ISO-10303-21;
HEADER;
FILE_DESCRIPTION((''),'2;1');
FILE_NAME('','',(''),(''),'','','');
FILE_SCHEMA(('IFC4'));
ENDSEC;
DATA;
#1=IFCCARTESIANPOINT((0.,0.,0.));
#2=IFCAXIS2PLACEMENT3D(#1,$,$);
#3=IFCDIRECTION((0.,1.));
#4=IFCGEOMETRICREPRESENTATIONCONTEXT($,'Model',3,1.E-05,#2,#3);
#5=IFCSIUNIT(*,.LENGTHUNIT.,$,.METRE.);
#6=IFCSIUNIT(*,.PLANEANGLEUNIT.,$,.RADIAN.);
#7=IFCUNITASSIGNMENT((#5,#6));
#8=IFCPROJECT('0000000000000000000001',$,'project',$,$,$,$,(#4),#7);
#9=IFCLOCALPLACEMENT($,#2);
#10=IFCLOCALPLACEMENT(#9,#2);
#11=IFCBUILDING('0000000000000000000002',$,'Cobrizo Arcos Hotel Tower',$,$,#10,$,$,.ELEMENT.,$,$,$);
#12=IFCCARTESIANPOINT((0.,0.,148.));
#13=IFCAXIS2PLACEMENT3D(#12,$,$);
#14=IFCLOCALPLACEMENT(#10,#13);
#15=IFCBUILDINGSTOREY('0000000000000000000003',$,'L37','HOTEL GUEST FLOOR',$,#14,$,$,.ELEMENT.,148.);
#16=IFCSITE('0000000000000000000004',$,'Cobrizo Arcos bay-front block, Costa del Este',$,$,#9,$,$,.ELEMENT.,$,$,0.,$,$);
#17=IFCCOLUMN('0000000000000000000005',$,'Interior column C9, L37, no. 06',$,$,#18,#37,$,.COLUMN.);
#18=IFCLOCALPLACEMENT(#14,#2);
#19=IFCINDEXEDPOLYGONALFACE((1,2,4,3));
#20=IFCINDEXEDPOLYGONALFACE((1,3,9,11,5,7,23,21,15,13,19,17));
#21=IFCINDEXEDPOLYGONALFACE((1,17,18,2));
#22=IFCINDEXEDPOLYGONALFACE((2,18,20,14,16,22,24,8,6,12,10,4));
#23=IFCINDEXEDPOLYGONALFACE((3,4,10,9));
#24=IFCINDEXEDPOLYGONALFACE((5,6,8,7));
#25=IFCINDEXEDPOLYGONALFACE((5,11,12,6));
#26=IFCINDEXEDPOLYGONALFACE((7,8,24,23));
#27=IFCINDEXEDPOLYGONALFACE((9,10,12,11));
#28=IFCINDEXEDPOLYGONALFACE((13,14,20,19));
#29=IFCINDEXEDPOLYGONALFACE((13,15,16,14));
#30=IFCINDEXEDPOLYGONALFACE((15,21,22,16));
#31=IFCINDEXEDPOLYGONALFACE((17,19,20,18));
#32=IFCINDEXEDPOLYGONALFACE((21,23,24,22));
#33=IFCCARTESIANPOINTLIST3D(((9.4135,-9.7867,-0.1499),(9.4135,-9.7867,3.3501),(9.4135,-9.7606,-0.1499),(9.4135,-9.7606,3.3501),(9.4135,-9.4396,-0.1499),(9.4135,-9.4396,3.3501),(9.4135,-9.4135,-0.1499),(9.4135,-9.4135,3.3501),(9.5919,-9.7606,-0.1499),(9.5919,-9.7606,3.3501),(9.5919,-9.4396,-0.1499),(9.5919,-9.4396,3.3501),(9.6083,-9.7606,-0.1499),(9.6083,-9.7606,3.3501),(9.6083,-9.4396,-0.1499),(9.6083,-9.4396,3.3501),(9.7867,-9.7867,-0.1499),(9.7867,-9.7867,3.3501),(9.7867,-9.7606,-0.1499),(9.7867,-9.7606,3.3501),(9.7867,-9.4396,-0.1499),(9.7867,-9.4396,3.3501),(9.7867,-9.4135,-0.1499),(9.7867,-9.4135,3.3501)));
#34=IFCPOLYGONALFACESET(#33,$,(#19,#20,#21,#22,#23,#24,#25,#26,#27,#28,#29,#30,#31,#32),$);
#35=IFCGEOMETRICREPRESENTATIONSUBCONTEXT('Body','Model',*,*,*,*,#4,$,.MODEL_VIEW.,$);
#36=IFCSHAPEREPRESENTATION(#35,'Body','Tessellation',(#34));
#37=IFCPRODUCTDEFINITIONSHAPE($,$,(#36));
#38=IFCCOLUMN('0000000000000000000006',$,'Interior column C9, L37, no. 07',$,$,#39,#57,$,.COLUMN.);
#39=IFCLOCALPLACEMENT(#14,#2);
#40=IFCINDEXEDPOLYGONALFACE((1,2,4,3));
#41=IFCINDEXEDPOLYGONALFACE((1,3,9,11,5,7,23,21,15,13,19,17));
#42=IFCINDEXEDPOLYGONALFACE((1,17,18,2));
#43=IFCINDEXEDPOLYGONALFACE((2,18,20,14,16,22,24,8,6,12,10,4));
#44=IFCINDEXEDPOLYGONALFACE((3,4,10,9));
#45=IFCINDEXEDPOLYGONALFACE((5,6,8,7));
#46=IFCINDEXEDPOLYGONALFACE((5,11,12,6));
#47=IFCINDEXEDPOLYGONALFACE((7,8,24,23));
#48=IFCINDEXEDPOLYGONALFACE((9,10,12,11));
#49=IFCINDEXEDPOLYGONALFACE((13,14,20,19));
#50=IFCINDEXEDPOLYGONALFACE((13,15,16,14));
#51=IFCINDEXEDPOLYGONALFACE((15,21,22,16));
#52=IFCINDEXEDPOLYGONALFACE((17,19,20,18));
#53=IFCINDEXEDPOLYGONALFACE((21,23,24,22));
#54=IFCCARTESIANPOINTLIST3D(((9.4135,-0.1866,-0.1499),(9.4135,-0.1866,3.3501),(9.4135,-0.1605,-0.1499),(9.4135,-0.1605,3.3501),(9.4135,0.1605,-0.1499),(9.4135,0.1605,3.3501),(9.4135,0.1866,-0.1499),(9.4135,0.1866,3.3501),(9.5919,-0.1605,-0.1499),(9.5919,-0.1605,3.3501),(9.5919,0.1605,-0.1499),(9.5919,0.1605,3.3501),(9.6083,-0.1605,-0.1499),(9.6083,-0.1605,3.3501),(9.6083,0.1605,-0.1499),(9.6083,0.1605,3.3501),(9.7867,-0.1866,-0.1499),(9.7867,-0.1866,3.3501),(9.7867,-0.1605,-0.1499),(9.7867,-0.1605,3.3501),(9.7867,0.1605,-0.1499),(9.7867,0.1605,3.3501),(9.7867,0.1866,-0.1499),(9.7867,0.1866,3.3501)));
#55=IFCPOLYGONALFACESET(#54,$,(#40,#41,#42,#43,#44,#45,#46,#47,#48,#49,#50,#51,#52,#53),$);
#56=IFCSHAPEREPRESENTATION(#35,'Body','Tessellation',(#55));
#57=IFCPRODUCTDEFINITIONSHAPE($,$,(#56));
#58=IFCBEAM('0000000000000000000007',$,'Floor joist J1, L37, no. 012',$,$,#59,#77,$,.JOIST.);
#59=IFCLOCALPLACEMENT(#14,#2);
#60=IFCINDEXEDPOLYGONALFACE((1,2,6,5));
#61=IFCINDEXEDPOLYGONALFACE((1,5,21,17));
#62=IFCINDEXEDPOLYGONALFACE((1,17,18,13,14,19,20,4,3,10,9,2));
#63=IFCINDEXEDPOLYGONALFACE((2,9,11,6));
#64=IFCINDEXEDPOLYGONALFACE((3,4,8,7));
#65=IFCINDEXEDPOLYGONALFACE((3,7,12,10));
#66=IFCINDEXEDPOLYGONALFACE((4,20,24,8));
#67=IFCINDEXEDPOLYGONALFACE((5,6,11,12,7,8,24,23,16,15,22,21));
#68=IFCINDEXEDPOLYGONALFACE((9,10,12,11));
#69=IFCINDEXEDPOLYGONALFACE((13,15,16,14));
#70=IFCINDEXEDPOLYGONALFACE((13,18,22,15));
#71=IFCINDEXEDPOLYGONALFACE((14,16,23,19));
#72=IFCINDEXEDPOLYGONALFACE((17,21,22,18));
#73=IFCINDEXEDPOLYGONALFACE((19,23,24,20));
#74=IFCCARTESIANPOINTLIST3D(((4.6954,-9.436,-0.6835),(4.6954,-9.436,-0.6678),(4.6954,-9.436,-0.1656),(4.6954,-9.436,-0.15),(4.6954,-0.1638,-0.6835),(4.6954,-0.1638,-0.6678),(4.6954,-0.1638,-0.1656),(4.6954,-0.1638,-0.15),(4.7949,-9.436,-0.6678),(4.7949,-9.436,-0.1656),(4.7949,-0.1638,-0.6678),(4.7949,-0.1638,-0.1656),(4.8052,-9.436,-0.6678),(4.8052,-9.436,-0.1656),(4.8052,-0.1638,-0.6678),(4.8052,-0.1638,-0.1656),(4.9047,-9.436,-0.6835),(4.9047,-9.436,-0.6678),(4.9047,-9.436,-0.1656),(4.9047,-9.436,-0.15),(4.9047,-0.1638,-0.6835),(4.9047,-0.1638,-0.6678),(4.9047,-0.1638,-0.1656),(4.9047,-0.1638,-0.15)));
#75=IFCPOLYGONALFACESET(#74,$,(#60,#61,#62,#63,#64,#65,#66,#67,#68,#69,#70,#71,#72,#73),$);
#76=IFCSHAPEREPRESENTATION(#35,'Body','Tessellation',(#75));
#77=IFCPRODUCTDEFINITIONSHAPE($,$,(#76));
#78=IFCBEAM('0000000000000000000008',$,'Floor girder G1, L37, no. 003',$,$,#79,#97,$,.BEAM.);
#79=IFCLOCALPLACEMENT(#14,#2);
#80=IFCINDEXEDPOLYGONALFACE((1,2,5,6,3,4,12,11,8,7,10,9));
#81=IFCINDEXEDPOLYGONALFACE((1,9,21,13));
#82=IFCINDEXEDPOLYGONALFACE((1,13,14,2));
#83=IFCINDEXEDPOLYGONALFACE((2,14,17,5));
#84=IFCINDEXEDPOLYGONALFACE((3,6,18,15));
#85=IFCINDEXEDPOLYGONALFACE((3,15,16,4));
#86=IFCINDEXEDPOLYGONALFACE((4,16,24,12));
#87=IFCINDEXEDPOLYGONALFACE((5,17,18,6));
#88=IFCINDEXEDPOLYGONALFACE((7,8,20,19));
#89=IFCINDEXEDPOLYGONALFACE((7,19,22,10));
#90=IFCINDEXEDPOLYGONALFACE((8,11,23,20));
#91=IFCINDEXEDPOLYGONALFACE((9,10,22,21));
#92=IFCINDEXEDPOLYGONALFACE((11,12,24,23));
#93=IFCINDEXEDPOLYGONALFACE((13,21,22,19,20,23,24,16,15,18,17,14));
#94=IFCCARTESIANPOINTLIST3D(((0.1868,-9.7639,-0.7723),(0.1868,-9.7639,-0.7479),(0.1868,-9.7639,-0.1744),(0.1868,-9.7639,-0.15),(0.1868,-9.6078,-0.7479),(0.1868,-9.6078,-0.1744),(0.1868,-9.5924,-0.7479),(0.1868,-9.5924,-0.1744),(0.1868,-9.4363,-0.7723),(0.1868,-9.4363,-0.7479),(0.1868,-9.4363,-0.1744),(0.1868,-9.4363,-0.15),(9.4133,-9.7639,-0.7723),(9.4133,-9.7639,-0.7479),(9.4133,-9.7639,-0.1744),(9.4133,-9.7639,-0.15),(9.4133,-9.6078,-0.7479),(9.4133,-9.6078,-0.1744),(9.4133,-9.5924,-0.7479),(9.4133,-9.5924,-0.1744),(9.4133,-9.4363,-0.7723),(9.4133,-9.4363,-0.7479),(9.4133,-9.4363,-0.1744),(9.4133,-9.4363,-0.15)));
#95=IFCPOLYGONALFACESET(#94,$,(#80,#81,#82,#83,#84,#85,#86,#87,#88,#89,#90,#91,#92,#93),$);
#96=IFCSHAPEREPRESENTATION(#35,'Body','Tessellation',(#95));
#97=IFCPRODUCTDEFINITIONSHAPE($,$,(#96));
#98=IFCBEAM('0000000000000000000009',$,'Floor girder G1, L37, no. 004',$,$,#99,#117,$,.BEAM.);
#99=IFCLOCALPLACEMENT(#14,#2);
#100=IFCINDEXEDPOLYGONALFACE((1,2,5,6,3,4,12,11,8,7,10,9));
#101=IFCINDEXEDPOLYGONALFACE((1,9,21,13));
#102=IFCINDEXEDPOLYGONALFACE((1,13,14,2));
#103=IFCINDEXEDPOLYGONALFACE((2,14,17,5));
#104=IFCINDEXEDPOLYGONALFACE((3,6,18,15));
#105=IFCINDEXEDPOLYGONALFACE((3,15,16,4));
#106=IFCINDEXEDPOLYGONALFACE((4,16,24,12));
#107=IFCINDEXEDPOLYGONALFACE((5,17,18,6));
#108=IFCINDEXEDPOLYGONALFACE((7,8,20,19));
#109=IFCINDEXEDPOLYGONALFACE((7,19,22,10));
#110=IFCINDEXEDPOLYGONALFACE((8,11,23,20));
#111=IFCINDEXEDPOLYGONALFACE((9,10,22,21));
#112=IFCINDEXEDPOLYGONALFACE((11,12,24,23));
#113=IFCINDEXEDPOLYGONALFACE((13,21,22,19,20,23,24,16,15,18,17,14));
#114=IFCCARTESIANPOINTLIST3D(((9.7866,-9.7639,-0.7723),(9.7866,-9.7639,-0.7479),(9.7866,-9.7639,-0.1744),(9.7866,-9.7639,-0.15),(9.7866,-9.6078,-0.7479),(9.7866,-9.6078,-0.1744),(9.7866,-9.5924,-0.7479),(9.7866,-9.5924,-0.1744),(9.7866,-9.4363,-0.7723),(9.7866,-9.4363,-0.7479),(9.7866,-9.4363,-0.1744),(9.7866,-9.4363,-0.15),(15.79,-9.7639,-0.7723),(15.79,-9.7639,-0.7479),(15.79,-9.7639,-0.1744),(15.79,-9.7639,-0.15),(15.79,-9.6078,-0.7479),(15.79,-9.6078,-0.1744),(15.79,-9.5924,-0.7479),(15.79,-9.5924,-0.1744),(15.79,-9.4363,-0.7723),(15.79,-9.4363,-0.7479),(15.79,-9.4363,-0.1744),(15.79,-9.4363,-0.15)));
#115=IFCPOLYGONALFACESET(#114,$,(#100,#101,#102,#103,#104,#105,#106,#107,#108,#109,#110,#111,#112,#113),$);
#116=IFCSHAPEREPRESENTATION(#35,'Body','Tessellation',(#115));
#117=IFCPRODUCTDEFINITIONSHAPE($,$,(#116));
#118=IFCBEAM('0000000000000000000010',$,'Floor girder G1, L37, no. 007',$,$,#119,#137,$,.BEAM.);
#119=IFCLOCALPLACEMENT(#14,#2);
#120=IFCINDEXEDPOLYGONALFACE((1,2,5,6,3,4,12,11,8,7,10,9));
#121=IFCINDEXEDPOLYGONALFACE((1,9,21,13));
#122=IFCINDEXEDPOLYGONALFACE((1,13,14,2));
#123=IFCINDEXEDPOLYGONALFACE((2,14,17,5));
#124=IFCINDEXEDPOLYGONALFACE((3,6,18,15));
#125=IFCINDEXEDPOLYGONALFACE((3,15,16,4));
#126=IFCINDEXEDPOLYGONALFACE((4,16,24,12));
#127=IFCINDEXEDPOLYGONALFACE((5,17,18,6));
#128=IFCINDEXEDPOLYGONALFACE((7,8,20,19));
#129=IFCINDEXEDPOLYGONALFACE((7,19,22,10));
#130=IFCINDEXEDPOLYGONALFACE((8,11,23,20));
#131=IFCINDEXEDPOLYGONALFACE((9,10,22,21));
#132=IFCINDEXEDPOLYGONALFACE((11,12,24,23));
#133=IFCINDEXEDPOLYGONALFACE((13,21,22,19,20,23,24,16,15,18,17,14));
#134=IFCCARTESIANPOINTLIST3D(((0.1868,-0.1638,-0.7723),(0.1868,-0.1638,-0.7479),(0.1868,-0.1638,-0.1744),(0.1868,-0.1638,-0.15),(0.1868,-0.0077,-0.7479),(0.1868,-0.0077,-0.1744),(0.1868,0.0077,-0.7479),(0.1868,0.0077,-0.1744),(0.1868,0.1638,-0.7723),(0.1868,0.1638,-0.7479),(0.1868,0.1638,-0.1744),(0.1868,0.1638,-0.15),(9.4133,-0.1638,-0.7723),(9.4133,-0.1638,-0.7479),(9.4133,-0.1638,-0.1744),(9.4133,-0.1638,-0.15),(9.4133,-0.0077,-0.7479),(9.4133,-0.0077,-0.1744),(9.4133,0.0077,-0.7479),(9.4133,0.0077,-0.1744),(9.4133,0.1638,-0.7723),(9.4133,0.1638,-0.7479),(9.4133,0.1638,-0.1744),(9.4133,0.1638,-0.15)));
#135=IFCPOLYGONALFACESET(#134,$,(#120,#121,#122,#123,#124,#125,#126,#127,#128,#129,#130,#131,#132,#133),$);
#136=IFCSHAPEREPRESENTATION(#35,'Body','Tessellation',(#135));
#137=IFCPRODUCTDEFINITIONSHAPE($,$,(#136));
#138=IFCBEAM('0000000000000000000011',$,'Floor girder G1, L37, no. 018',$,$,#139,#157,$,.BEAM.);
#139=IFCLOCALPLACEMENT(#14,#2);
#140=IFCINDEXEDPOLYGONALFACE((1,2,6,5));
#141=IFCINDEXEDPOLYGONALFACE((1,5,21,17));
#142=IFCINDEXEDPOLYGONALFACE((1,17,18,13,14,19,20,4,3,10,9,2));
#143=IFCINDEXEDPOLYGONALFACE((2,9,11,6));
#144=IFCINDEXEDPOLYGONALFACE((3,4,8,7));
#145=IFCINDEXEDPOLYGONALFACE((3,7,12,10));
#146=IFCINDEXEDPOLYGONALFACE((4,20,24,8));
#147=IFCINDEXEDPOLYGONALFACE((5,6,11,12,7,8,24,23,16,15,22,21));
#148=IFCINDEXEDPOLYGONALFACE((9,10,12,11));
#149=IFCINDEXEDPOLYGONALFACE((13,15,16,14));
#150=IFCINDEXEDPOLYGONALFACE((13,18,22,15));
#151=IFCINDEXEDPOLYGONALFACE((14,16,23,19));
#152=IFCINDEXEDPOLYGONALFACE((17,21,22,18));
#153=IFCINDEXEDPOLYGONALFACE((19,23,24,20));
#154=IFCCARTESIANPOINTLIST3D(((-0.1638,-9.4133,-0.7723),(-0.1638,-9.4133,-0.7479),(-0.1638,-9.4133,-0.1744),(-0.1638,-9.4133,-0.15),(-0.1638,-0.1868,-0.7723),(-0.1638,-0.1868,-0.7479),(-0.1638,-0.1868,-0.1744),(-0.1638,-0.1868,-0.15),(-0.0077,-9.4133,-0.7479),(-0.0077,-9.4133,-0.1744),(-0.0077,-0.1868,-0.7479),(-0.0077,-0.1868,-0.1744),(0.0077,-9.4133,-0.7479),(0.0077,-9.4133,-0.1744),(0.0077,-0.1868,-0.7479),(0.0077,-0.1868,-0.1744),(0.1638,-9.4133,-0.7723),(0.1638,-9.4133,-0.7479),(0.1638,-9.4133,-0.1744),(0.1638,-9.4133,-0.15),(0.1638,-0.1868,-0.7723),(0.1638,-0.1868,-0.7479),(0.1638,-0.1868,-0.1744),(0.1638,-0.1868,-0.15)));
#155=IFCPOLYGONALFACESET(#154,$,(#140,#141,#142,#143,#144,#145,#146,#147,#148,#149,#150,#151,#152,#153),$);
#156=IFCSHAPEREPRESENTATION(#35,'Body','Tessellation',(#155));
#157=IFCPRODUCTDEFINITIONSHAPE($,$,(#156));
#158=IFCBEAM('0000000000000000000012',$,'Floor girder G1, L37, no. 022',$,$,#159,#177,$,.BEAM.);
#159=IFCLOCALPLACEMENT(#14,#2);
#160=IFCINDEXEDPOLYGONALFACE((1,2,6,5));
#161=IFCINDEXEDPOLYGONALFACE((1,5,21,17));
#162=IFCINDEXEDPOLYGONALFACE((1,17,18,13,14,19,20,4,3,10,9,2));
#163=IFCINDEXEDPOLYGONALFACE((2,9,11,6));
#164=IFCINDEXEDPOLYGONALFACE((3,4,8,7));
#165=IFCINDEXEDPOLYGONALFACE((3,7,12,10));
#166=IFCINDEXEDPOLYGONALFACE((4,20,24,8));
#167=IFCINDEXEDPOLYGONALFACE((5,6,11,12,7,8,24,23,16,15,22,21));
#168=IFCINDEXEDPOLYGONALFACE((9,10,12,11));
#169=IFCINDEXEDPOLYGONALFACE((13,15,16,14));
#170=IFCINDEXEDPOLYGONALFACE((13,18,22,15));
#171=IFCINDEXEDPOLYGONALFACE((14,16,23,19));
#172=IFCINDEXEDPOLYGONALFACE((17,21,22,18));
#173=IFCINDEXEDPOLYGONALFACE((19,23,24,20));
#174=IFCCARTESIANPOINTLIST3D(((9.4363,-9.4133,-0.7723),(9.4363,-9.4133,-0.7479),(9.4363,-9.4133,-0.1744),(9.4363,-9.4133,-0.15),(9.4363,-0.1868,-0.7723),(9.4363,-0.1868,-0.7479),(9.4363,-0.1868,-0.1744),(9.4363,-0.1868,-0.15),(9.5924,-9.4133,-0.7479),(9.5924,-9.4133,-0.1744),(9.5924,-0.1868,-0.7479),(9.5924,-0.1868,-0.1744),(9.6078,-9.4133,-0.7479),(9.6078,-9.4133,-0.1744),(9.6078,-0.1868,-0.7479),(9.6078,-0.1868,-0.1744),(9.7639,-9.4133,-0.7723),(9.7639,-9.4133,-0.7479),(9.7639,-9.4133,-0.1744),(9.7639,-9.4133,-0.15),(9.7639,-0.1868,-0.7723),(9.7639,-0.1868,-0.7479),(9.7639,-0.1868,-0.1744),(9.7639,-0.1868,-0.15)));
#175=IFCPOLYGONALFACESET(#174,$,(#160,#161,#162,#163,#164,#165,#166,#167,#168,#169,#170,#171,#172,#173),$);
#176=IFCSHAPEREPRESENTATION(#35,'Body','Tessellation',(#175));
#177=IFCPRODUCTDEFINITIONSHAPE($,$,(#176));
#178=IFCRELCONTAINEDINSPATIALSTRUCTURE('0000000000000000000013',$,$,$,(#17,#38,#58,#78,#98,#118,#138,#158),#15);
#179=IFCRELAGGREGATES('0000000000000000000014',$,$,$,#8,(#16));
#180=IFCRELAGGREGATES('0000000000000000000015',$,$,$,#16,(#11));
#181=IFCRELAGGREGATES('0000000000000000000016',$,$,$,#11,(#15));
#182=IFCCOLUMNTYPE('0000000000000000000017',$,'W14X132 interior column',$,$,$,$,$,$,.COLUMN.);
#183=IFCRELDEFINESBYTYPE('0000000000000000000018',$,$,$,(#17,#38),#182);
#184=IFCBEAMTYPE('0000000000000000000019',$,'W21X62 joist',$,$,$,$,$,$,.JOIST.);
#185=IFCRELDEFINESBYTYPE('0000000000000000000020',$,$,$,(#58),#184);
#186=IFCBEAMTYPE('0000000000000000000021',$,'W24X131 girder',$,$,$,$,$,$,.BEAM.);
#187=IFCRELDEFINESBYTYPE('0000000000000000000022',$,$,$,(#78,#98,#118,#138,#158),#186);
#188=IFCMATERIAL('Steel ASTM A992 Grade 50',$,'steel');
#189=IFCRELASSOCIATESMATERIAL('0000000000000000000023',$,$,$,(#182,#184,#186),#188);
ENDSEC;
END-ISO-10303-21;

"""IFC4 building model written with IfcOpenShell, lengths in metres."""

from ifc_helpers import new_model, si_unit, direction, frame, origin, origin_2d, place, context, subcontext, project, spatial, i_section, extrude, material, material_profile, profile_set, type_object, element, save


model = new_model("IFC4")

# Units and contexts
model_context = context("Model", 3, precision=1e-05, world=origin(), true_north=direction((0.0, 1.0)))
body_context = subcontext(model_context, "Body", "Model", "MODEL_VIEW")
ifc_project = project(units=[si_unit("LENGTHUNIT", "METRE"), si_unit("PLANEANGLEUNIT", "RADIAN")], contexts=[model_context])

# Site, building, storey
site_placement = place(None, origin())
site = spatial("IfcSite", under=ifc_project, at=site_placement, Name="Cobrizo Arcos bay-front block, Costa del Este", CompositionType="ELEMENT", RefElevation=0.0)
building_placement = place(site_placement, origin())
building = spatial("IfcBuilding", under=site, at=building_placement, Name="Cobrizo Arcos Hotel Tower", CompositionType="ELEMENT")
storey_placement = place(building_placement, frame((0.0, 0.0, 148.0)))
storey = spatial("IfcBuildingStorey", under=building, at=storey_placement, Name="L37", Description="HOTEL GUEST FLOOR", CompositionType="ELEMENT", Elevation=148.0)

# Columns
ifc_material_1 = material(Name="Steel ASTM A992 Grade 50", Category="steel")
ifc_material_profile_1 = material_profile(ifc_material_1, i_section(OverallWidth=0.3733, OverallDepth=0.3733, WebThickness=0.0164, FlangeThickness=0.0261, at=origin_2d()), Name="W14X132")
ifc_profile_set_1 = profile_set([ifc_material_profile_1], Name="Steel ASTM A992 Grade 50")
column_type = type_object("IfcColumnType", Name="W14X132 interior column", PredefinedType="COLUMN", material=ifc_profile_set_1)
for number, where, z_axis, x_axis, name in (
    (1, (9.6001, -9.6001, -0.1499), (0.0, 0.0, 1.0), (1.0, 0.0, 0.0), "Interior column C9, L37, no. 06"),
    (2, (9.6001, 0.0, -0.1499), (0.0, 0.0, 1.0), (1.0, 0.0, 0.0), "Interior column C9, L37, no. 07"),
):
    element("IfcColumn", number, at=place(storey_placement, frame(where, z_axis=z_axis, x_axis=x_axis)), inside=storey, type_object=column_type, Name=name, PredefinedType="COLUMN", context=body_context, shape_type="SweptSolid", body=[
        extrude(i_section(OverallWidth=0.3733, OverallDepth=0.3733, WebThickness=0.0164, FlangeThickness=0.0261, at=origin_2d()), origin(), (0.0, 0.0, 1.0), 3.5),
    ])

# Beams
ifc_material_profile_2 = material_profile(ifc_material_1, i_section(OverallWidth=0.2092, OverallDepth=0.5334, WebThickness=0.0103, FlangeThickness=0.0156, at=origin_2d()), Name="W21X62")
ifc_profile_set_2 = profile_set([ifc_material_profile_2], Name="Steel ASTM A992 Grade 50")
beam_type_1 = type_object("IfcBeamType", Name="W21X62 joist", PredefinedType="JOIST", material=ifc_profile_set_2)
beam_1_placement = place(storey_placement, frame((4.8, -9.436, -0.4167), z_axis=(0.0, 1.0, 0.0), x_axis=(-1.0, 0.0, 0.0)))
element("IfcBeam", 3, at=beam_1_placement, inside=storey, type_object=beam_type_1, Name="Floor joist J1, L37, no. 012", PredefinedType="JOIST", context=body_context, shape_type="SweptSolid", body=[
    extrude(i_section(OverallWidth=0.2092, OverallDepth=0.5334, WebThickness=0.0103, FlangeThickness=0.0156, at=origin_2d()), origin(), (0.0, 0.0, 1.0), 9.2722),
])
ifc_material_profile_3 = material_profile(ifc_material_1, i_section(OverallWidth=0.3276, OverallDepth=0.6223, WebThickness=0.0154, FlangeThickness=0.0244, at=origin_2d()), Name="W24X131")
ifc_profile_set_3 = profile_set([ifc_material_profile_3], Name="Steel ASTM A992 Grade 50")
beam_type_2 = type_object("IfcBeamType", Name="W24X131 girder", PredefinedType="BEAM", material=ifc_profile_set_3)
beam_2_placement = place(storey_placement, frame((0.1868, -9.6001, -0.4612), z_axis=(1.0, 0.0, 0.0), x_axis=(0.0, 1.0, 0.0)))
element("IfcBeam", 4, at=beam_2_placement, inside=storey, type_object=beam_type_2, Name="Floor girder G1, L37, no. 003", PredefinedType="BEAM", context=body_context, shape_type="SweptSolid", body=[
    extrude(i_section(OverallWidth=0.3276, OverallDepth=0.6223, WebThickness=0.0154, FlangeThickness=0.0244, at=origin_2d()), origin(), (0.0, 0.0, 1.0), 9.2266),
])
beam_3_placement = place(storey_placement, frame((9.7866, -9.6001, -0.4612), z_axis=(1.0, 0.0, 0.0), x_axis=(0.0, 1.0, 0.0)))
element("IfcBeam", 5, at=beam_3_placement, inside=storey, type_object=beam_type_2, Name="Floor girder G1, L37, no. 004", PredefinedType="BEAM", context=body_context, shape_type="SweptSolid", body=[
    extrude(i_section(OverallWidth=0.3276, OverallDepth=0.6223, WebThickness=0.0154, FlangeThickness=0.0244, at=origin_2d()), origin(), (0.0, 0.0, 1.0), 6.0034),
])
for number, where, z_axis, x_axis, name in (
    (6, (0.1868, 0.0, -0.4612), (1.0, 0.0, 0.0), (0.0, 1.0, 0.0), "Floor girder G1, L37, no. 007"),
    (7, (0.0, -9.4133, -0.4612), (0.0, 1.0, 0.0), (-1.0, 0.0, 0.0), "Floor girder G1, L37, no. 018"),
    (8, (9.6001, -9.4133, -0.4612), (0.0, 1.0, 0.0), (-1.0, 0.0, 0.0), "Floor girder G1, L37, no. 022"),
):
    element("IfcBeam", number, at=place(storey_placement, frame(where, z_axis=z_axis, x_axis=x_axis)), inside=storey, type_object=beam_type_2, Name=name, PredefinedType="BEAM", context=body_context, shape_type="SweptSolid", body=[
        extrude(i_section(OverallWidth=0.3276, OverallDepth=0.6223, WebThickness=0.0154, FlangeThickness=0.0244, at=origin_2d()), origin(), (0.0, 0.0, 1.0), 9.2266),
    ])

save(model, "model.ifc")
